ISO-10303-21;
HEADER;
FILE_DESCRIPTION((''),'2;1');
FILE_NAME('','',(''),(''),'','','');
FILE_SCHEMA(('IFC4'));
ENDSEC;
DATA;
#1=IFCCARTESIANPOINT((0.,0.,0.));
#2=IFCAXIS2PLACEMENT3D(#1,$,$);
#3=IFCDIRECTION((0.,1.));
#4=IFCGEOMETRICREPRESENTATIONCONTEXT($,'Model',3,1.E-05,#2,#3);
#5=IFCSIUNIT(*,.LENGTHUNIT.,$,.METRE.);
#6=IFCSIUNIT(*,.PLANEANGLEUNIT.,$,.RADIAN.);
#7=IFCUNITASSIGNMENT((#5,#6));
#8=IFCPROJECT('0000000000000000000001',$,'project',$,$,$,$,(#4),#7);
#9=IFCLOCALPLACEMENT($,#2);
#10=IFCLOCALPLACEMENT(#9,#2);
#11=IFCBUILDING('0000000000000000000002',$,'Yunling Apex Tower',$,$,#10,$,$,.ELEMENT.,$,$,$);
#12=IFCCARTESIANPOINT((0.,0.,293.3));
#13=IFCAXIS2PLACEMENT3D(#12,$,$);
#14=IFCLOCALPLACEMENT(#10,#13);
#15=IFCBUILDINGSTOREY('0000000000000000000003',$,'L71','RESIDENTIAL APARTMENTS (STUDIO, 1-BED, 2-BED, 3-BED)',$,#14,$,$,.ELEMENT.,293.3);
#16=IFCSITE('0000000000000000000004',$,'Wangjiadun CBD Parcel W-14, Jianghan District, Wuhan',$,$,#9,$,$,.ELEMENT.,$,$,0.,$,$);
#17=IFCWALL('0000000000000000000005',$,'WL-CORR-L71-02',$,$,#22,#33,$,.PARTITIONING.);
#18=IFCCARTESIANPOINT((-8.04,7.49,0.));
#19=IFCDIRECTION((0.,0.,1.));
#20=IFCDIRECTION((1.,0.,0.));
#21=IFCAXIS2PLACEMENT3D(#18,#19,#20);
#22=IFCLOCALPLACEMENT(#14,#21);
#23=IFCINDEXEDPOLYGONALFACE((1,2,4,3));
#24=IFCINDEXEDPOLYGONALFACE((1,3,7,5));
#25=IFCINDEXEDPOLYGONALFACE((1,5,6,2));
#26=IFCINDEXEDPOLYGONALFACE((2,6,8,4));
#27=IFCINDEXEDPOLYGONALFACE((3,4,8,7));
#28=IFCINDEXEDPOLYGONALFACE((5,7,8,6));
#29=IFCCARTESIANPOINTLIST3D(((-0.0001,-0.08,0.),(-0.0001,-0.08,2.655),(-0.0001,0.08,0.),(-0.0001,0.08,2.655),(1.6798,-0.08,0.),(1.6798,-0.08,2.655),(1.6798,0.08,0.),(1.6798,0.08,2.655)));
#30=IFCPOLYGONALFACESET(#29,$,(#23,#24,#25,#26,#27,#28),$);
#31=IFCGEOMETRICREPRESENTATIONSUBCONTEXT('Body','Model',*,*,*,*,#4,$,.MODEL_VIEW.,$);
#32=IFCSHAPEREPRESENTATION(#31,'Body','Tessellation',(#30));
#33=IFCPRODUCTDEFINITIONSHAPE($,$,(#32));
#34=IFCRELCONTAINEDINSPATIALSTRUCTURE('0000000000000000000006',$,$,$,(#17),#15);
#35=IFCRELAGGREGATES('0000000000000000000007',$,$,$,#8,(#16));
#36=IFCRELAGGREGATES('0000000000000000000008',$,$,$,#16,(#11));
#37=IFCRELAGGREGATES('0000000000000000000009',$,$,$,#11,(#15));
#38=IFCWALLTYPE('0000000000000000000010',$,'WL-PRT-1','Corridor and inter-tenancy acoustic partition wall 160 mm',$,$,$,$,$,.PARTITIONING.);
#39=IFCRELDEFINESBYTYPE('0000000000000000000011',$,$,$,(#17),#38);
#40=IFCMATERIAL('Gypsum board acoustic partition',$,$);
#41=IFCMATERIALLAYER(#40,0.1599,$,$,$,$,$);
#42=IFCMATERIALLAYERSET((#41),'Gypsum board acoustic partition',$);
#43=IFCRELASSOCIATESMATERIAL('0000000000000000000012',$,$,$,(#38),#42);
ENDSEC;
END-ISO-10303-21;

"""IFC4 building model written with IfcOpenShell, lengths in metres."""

from ifc_helpers import new_model, si_unit, direction, frame, frame_2d, origin, place, context, subcontext, project, spatial, rectangle, extrude, material, layer, layer_set, type_object, element, save


model = new_model("IFC4")

# Units and contexts
model_context = context("Model", 3, precision=1e-05, world=origin(), true_north=direction((0.0, 1.0)))
body_context = subcontext(model_context, "Body", "Model", "MODEL_VIEW")
ifc_project = project(units=[si_unit("LENGTHUNIT", "METRE"), si_unit("PLANEANGLEUNIT", "RADIAN")], contexts=[model_context])

# Site, building, storey
site_placement = place(None, origin())
site = spatial("IfcSite", under=ifc_project, at=site_placement, Name="Wangjiadun CBD Parcel W-14, Jianghan District, Wuhan", CompositionType="ELEMENT", RefElevation=0.0)
building_placement = place(site_placement, origin())
building = spatial("IfcBuilding", under=site, at=building_placement, Name="Yunling Apex Tower", CompositionType="ELEMENT")
storey_placement = place(building_placement, frame((0.0, 0.0, 293.3)))
storey = spatial("IfcBuildingStorey", under=building, at=storey_placement, Name="L71", Description="RESIDENTIAL APARTMENTS (STUDIO, 1-BED, 2-BED, 3-BED)", CompositionType="ELEMENT", Elevation=293.3)

# Wall
ifc_material_1 = material(Name="Gypsum board acoustic partition")
ifc_layer_1 = layer(ifc_material_1, 0.1599)
ifc_layer_set_1 = layer_set([ifc_layer_1], Name="Gypsum board acoustic partition")
wall_type = type_object("IfcWallType", Name="WL-PRT-1", Description="Corridor and inter-tenancy acoustic partition wall 160 mm", PredefinedType="PARTITIONING", material=ifc_layer_set_1)
wall_1_placement = place(storey_placement, frame((-8.04, 7.49, 0.0), z_axis=(0.0, 0.0, 1.0), x_axis=(1.0, 0.0, 0.0)))
element("IfcWall", 1, at=wall_1_placement, inside=storey, type_object=wall_type, Name="WL-CORR-L71-02", PredefinedType="PARTITIONING", context=body_context, shape_type="SweptSolid", body=[
    extrude(rectangle(XDim=1.6799, YDim=0.1599, at=frame_2d((0.8398, 0.0))), origin(), (0.0, 0.0, 1.0), 2.655),
])

save(model, "model.ifc")
